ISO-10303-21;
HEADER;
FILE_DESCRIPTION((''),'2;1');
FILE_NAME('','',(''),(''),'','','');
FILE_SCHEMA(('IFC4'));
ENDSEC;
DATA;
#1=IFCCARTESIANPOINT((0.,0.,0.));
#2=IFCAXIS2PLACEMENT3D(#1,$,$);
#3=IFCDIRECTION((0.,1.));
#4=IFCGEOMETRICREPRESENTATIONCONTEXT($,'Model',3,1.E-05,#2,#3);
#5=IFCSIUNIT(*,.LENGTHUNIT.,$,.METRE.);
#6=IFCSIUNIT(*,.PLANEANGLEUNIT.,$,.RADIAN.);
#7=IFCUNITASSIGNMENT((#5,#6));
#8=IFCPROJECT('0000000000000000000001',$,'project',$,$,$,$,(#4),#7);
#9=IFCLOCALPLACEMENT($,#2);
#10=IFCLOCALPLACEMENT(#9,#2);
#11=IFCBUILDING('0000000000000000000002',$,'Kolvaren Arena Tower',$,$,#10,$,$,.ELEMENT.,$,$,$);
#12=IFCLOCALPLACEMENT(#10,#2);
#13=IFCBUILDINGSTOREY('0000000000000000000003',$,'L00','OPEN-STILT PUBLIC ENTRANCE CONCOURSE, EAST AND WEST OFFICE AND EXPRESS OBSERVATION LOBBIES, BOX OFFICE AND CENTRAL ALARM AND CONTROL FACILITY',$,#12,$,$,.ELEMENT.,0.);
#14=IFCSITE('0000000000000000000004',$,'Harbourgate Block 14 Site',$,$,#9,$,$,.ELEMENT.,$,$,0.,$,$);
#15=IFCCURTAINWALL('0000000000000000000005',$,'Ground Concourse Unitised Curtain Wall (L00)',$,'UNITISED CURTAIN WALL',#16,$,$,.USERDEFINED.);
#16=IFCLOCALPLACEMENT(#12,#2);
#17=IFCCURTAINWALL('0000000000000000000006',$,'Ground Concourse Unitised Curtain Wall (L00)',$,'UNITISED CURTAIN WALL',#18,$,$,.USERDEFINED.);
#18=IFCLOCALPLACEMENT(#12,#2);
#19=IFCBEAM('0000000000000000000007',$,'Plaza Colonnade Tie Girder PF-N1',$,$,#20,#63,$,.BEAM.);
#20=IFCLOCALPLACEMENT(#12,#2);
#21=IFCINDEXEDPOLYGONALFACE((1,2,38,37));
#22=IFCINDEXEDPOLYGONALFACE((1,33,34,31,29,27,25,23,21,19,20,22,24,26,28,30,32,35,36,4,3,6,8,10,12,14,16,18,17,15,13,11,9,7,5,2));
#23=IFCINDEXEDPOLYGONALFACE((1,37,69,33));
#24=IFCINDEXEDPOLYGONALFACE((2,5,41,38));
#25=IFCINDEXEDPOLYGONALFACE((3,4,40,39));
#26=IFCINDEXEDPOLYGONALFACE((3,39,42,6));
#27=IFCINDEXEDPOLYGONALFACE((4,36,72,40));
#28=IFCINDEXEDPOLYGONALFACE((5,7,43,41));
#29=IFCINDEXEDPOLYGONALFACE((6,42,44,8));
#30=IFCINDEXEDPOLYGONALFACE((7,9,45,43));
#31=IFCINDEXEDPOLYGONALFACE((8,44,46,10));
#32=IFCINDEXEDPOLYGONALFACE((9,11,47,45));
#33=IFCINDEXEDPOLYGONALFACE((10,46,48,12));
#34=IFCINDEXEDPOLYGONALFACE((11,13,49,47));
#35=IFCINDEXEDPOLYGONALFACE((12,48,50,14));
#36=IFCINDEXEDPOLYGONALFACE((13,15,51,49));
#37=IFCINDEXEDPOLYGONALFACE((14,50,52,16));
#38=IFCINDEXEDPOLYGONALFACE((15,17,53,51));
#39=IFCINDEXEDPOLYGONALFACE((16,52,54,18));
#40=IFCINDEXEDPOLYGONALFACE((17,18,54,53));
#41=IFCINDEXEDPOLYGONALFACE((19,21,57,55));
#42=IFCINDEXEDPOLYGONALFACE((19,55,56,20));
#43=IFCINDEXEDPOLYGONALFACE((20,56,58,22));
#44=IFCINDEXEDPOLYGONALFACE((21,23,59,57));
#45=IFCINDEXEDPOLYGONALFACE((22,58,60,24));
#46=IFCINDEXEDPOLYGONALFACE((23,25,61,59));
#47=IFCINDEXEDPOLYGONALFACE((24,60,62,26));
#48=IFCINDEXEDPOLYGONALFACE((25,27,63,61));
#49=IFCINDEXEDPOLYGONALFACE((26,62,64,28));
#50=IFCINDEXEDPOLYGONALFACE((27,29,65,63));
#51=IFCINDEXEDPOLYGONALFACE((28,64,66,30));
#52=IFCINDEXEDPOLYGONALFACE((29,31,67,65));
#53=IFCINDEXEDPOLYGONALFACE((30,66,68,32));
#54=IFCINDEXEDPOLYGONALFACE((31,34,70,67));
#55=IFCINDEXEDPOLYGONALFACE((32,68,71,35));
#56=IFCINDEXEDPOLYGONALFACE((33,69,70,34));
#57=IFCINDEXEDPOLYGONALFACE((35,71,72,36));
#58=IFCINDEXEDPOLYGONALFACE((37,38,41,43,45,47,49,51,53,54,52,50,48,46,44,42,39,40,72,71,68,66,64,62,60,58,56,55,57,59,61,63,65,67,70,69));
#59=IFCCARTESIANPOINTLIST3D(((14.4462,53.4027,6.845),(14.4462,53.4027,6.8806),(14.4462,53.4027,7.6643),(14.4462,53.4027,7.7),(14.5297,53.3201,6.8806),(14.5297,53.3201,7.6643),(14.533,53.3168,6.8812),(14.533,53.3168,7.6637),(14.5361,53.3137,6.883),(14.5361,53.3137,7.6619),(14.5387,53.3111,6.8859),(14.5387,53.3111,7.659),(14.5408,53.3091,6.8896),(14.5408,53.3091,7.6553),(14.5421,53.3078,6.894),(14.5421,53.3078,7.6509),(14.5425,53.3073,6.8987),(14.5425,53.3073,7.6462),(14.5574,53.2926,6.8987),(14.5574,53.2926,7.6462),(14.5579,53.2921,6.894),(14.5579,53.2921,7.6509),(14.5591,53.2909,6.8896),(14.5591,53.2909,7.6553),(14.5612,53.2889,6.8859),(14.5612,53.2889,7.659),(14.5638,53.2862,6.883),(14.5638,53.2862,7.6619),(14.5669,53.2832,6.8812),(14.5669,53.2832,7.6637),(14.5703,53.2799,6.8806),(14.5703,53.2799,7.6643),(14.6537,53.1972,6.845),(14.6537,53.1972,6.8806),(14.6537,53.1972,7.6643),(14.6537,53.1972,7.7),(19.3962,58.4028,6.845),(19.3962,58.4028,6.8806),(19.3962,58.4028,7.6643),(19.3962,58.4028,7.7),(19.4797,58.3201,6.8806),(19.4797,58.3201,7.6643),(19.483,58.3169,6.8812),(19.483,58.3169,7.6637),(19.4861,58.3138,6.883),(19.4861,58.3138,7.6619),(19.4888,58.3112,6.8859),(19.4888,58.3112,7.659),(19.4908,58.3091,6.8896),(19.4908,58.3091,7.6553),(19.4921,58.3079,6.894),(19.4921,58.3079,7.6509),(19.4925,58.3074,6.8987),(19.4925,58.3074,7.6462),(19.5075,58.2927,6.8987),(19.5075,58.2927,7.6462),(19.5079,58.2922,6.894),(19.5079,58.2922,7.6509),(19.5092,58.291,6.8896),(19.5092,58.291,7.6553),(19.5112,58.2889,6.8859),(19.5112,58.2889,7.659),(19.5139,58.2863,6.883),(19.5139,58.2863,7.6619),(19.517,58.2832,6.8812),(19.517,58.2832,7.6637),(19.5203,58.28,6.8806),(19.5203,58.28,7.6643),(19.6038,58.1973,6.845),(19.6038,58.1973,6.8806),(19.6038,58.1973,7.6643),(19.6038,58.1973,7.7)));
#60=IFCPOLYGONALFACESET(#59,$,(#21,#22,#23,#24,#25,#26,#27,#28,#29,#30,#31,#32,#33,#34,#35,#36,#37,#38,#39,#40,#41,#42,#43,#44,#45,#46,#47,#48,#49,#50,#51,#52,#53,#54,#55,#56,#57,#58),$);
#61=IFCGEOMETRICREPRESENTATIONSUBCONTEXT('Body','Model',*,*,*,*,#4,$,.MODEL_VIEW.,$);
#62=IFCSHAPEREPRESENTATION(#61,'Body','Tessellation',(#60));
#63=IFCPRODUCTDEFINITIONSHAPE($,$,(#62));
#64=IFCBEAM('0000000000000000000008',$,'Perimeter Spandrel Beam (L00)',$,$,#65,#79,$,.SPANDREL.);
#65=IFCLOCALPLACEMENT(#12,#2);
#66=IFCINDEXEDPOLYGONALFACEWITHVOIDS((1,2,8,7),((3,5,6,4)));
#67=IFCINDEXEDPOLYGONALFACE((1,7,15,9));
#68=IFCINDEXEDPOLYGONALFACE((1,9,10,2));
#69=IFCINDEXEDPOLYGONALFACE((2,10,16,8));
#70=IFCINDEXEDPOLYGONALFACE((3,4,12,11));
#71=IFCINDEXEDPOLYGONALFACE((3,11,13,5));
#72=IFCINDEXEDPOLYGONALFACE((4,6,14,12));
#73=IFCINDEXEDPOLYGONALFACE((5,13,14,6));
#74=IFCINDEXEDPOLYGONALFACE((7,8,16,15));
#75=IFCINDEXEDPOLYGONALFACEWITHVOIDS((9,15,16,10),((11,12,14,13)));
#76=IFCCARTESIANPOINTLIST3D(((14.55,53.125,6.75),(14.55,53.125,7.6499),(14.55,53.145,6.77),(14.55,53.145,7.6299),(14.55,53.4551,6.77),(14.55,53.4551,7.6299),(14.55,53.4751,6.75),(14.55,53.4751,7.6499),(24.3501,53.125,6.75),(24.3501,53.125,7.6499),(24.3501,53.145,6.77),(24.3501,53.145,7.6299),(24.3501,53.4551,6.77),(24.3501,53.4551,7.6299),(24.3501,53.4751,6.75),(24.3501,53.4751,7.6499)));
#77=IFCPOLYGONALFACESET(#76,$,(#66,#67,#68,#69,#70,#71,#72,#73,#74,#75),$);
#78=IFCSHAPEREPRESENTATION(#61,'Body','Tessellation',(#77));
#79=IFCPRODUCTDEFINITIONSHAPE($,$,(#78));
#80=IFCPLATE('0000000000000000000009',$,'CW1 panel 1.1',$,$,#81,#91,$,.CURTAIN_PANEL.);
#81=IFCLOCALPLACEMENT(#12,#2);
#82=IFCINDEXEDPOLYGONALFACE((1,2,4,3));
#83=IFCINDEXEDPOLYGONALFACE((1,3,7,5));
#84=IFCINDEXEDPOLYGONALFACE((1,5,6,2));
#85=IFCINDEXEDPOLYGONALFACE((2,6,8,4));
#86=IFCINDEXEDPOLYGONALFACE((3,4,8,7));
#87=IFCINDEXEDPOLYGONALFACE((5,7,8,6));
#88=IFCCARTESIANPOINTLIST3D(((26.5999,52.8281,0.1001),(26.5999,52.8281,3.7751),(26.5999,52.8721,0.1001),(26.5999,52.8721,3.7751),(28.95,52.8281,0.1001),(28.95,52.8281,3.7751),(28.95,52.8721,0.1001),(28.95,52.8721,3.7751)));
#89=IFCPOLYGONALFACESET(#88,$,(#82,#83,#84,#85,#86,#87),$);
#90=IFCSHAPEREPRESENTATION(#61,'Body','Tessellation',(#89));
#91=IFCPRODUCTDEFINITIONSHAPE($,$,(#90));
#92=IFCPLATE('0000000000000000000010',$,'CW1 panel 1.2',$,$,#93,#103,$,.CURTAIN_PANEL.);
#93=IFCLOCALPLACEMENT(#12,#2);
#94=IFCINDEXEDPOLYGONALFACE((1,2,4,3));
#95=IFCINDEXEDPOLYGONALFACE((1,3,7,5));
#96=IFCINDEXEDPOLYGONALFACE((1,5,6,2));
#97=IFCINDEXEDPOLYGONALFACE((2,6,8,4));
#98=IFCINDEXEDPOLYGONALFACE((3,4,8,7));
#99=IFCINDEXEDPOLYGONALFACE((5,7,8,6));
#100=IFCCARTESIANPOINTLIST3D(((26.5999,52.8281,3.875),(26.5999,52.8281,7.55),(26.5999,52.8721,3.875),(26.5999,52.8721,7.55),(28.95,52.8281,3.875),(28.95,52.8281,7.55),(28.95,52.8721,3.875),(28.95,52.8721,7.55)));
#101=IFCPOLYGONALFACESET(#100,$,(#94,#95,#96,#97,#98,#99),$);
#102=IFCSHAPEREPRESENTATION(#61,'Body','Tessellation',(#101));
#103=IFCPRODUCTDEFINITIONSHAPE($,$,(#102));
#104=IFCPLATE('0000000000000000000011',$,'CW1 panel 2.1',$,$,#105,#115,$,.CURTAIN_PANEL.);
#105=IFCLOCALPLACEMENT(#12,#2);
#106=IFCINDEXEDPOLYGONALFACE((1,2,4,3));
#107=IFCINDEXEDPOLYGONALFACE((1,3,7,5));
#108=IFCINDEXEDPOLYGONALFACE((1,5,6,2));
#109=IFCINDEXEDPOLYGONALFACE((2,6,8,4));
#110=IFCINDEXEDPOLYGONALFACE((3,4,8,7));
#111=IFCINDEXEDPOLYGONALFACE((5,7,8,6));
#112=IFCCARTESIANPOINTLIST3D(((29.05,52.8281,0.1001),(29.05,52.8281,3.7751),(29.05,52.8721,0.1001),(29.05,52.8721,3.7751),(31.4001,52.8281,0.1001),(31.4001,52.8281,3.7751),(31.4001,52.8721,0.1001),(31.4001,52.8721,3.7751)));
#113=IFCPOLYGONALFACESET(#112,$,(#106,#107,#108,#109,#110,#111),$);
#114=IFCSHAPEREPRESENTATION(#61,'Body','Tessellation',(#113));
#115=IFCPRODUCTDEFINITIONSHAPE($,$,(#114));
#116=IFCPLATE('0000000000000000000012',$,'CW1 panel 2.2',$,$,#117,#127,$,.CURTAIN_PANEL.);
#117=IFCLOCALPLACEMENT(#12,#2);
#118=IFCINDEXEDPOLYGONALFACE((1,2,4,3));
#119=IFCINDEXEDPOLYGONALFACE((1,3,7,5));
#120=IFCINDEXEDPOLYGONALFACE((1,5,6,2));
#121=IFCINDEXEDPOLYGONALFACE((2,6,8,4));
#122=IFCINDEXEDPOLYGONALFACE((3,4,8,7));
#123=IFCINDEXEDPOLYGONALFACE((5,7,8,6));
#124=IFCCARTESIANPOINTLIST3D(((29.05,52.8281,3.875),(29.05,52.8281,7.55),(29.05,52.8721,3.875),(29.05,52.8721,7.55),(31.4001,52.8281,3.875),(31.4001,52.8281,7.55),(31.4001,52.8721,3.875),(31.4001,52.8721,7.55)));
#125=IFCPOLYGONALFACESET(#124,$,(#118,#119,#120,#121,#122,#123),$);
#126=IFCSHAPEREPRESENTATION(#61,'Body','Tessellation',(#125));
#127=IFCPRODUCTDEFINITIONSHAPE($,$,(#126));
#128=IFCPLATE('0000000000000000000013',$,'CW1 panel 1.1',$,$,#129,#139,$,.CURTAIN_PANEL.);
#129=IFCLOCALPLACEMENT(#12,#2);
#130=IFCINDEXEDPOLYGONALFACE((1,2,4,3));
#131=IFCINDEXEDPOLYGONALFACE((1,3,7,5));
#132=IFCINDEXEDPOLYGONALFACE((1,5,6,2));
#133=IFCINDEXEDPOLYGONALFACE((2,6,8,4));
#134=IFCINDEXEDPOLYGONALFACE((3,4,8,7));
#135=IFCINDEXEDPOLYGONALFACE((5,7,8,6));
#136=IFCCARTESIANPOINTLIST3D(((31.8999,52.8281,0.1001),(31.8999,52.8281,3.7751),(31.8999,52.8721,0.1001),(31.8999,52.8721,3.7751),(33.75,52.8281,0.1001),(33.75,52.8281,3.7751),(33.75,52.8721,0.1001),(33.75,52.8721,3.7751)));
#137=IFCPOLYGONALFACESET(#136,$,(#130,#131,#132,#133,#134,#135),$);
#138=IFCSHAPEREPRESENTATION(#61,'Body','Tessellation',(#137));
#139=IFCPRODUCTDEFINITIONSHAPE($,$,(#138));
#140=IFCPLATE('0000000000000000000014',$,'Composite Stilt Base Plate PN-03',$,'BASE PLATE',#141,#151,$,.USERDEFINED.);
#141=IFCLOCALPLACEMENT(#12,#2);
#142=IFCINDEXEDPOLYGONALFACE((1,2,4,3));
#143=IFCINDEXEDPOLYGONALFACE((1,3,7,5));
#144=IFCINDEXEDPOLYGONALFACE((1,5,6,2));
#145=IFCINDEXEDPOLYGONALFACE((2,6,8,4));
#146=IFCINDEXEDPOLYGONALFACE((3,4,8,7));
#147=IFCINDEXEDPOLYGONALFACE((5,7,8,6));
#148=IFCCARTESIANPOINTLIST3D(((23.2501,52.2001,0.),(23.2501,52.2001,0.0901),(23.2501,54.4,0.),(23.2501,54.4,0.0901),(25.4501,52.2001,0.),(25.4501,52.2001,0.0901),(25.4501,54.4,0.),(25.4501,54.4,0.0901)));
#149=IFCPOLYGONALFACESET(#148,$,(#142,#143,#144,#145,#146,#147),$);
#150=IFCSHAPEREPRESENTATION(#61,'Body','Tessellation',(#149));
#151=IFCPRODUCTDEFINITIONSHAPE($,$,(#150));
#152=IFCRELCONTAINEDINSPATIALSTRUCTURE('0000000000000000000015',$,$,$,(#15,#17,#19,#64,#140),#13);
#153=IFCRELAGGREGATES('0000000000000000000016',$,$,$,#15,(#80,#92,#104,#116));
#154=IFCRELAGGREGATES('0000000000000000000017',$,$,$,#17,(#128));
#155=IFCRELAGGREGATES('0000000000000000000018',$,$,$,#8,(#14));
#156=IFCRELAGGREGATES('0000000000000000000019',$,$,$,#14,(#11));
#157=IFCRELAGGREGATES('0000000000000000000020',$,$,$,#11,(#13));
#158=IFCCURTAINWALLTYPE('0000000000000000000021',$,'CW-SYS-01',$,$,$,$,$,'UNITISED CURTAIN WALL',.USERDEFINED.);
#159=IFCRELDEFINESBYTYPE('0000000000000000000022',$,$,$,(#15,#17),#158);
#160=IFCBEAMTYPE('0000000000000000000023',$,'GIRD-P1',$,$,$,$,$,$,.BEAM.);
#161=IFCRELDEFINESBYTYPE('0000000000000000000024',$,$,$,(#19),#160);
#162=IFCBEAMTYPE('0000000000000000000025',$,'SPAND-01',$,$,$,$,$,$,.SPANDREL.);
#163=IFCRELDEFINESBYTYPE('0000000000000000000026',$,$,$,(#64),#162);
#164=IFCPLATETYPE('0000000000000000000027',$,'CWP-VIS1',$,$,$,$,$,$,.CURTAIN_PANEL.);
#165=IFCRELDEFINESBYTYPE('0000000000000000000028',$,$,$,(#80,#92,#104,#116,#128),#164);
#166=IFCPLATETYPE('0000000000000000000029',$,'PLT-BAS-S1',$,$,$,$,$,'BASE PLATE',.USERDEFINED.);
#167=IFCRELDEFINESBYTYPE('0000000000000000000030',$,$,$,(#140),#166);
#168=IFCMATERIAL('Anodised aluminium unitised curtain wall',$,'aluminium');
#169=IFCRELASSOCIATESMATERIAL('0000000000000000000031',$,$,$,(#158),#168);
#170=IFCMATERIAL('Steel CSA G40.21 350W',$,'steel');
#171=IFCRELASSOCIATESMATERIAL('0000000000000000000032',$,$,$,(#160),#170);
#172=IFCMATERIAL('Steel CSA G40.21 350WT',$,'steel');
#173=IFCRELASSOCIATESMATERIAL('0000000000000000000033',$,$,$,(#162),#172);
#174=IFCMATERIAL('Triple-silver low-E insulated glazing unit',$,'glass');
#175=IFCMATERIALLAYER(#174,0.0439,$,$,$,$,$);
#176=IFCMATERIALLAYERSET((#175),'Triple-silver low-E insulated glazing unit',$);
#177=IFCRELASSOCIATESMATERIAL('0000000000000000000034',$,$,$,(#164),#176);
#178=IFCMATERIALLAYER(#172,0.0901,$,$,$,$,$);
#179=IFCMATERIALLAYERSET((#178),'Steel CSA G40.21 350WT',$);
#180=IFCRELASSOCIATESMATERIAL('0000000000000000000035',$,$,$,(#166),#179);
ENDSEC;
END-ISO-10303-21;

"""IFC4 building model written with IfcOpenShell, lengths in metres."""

from ifc_helpers import new_model, si_unit, direction, frame, origin, origin_2d, place, context, subcontext, project, spatial, rectangle, hollow_rectangle, i_section, extrude, material, layer, layer_set, material_profile, profile_set, type_object, element, aggregate, save


model = new_model("IFC4")

# Units and contexts
model_context = context("Model", 3, precision=1e-05, world=origin(), true_north=direction((0.0, 1.0)))
body_context = subcontext(model_context, "Body", "Model", "MODEL_VIEW")
ifc_project = project(units=[si_unit("LENGTHUNIT", "METRE"), si_unit("PLANEANGLEUNIT", "RADIAN")], contexts=[model_context])

# Site, building, storey
site_placement = place(None, origin())
site = spatial("IfcSite", under=ifc_project, at=site_placement, Name="Harbourgate Block 14 Site", CompositionType="ELEMENT", RefElevation=0.0)
building_placement = place(site_placement, origin())
building = spatial("IfcBuilding", under=site, at=building_placement, Name="Kolvaren Arena Tower", CompositionType="ELEMENT")
storey_placement = place(building_placement, origin())
storey = spatial("IfcBuildingStorey", under=building, at=storey_placement, Name="L00", Description="OPEN-STILT PUBLIC ENTRANCE CONCOURSE, EAST AND WEST OFFICE AND EXPRESS OBSERVATION LOBBIES, BOX OFFICE AND CENTRAL ALARM AND CONTROL FACILITY", CompositionType="ELEMENT", Elevation=0.0)

# Curtain wall
ifc_material_1 = material(Name="Anodised aluminium unitised curtain wall", Category="aluminium")
curtain_wall_type = type_object("IfcCurtainWallType", Name="CW-SYS-01", ElementType="UNITISED CURTAIN WALL", PredefinedType="USERDEFINED", material=ifc_material_1)
curtain_wall_1_placement = place(storey_placement, origin())
curtain_wall_1 = element("IfcCurtainWall", 1, at=curtain_wall_1_placement, inside=storey, type_object=curtain_wall_type, Name="Ground Concourse Unitised Curtain Wall (L00)", ObjectType="UNITISED CURTAIN WALL", PredefinedType="USERDEFINED")

# Curtain wall
curtain_wall_2_placement = place(storey_placement, origin())
curtain_wall_2 = element("IfcCurtainWall", 2, at=curtain_wall_2_placement, inside=storey, type_object=curtain_wall_type, Name="Ground Concourse Unitised Curtain Wall (L00)", ObjectType="UNITISED CURTAIN WALL", PredefinedType="USERDEFINED")

# Beams
ifc_material_2 = material(Name="Steel CSA G40.21 350W", Category="steel")
ifc_material_profile_1 = material_profile(ifc_material_2, i_section(OverallWidth=0.292, OverallDepth=0.855, WebThickness=0.021, FlangeThickness=0.0356, FilletRadius=0.0181, at=origin_2d()), Name="W840x299")
ifc_profile_set_1 = profile_set([ifc_material_profile_1], Name="Steel CSA G40.21 350W")
beam_type_1 = type_object("IfcBeamType", Name="GIRD-P1", PredefinedType="BEAM", material=ifc_profile_set_1)
beam_1_placement = place(storey_placement, frame((19.5, 58.3, 7.2725), z_axis=(-0.703541, -0.710655, 0.0), x_axis=(0.710655, -0.703541, 0.0)))
element("IfcBeam", 3, at=beam_1_placement, inside=storey, type_object=beam_type_1, Name="Plaza Colonnade Tie Girder PF-N1", PredefinedType="BEAM", context=body_context, shape_type="SweptSolid", body=[
    extrude(i_section(OverallWidth=0.292, OverallDepth=0.855, WebThickness=0.021, FlangeThickness=0.0356, FilletRadius=0.0181, at=origin_2d()), origin(), (0.0, 0.0, 1.0), 7.0359),
])
ifc_material_3 = material(Name="Steel CSA G40.21 350WT", Category="steel")
ifc_material_profile_2 = material_profile(ifc_material_3, hollow_rectangle(XDim=0.3501, YDim=0.8999, WallThickness=0.02, at=origin_2d()), Name="HSS 900x350x20")
ifc_profile_set_2 = profile_set([ifc_material_profile_2], Name="Steel CSA G40.21 350WT")
beam_type_2 = type_object("IfcBeamType", Name="SPAND-01", PredefinedType="SPANDREL", material=ifc_profile_set_2)
beam_2_placement = place(storey_placement, frame((24.3501, 53.3, 7.2), z_axis=(-1.0, 0.0, 0.0), x_axis=(0.0, -1.0, 0.0)))
element("IfcBeam", 4, at=beam_2_placement, inside=storey, type_object=beam_type_2, Name="Perimeter Spandrel Beam (L00)", PredefinedType="SPANDREL", context=body_context, shape_type="SweptSolid", body=[
    extrude(hollow_rectangle(XDim=0.3501, YDim=0.8999, WallThickness=0.02, at=origin_2d()), origin(), (0.0, 0.0, 1.0), 9.8),
])

# Plates
ifc_material_4 = material(Name="Triple-silver low-E insulated glazing unit", Category="glass")
ifc_layer_1 = layer(ifc_material_4, 0.0439)
ifc_layer_set_1 = layer_set([ifc_layer_1], Name="Triple-silver low-E insulated glazing unit")
plate_type_1 = type_object("IfcPlateType", Name="CWP-VIS1", PredefinedType="CURTAIN_PANEL", material=ifc_layer_set_1)
plate_1_placement = place(storey_placement, frame((27.7749, 52.8501, 0.1001), z_axis=(0.0, 0.0, 1.0), x_axis=(1.0, 0.0, 0.0)))
plate_1 = element("IfcPlate", 5, at=plate_1_placement, type_object=plate_type_1, Name="CW1 panel 1.1", PredefinedType="CURTAIN_PANEL", context=body_context, shape_type="SweptSolid", body=[
    extrude(rectangle(XDim=2.3501, YDim=0.0439, at=origin_2d()), origin(), (0.0, 0.0, 1.0), 3.675),
])
plate_2_placement = place(storey_placement, frame((27.7749, 52.8501, 3.875), z_axis=(0.0, 0.0, 1.0), x_axis=(1.0, 0.0, 0.0)))
plate_2 = element("IfcPlate", 6, at=plate_2_placement, type_object=plate_type_1, Name="CW1 panel 1.2", PredefinedType="CURTAIN_PANEL", context=body_context, shape_type="SweptSolid", body=[
    extrude(rectangle(XDim=2.3501, YDim=0.0439, at=origin_2d()), origin(), (0.0, 0.0, 1.0), 3.675),
])
plate_3_placement = place(storey_placement, frame((30.2251, 52.8501, 0.1001), z_axis=(0.0, 0.0, 1.0), x_axis=(1.0, 0.0, 0.0)))
plate_3 = element("IfcPlate", 7, at=plate_3_placement, type_object=plate_type_1, Name="CW1 panel 2.1", PredefinedType="CURTAIN_PANEL", context=body_context, shape_type="SweptSolid", body=[
    extrude(rectangle(XDim=2.3501, YDim=0.0439, at=origin_2d()), origin(), (0.0, 0.0, 1.0), 3.675),
])
plate_4_placement = place(storey_placement, frame((30.2251, 52.8501, 3.875), z_axis=(0.0, 0.0, 1.0), x_axis=(1.0, 0.0, 0.0)))
plate_4 = element("IfcPlate", 8, at=plate_4_placement, type_object=plate_type_1, Name="CW1 panel 2.2", PredefinedType="CURTAIN_PANEL", context=body_context, shape_type="SweptSolid", body=[
    extrude(rectangle(XDim=2.3501, YDim=0.0439, at=origin_2d()), origin(), (0.0, 0.0, 1.0), 3.675),
])
aggregate(curtain_wall_1, [plate_1, plate_2, plate_3, plate_4])
plate_5_placement = place(storey_placement, frame((32.825, 52.8501, 0.1001), z_axis=(0.0, 0.0, 1.0), x_axis=(1.0, 0.0, 0.0)))
plate_5 = element("IfcPlate", 9, at=plate_5_placement, type_object=plate_type_1, Name="CW1 panel 1.1", PredefinedType="CURTAIN_PANEL", context=body_context, shape_type="SweptSolid", body=[
    extrude(rectangle(XDim=1.8501, YDim=0.0439, at=origin_2d()), origin(), (0.0, 0.0, 1.0), 3.675),
])
aggregate(curtain_wall_2, [plate_5])
ifc_layer_2 = layer(ifc_material_3, 0.0901)
ifc_layer_set_2 = layer_set([ifc_layer_2], Name="Steel CSA G40.21 350WT")
plate_type_2 = type_object("IfcPlateType", Name="PLT-BAS-S1", ElementType="BASE PLATE", PredefinedType="USERDEFINED", material=ifc_layer_set_2)
plate_6_placement = place(storey_placement, frame((24.3501, 53.3, 0.0), z_axis=(0.0, 0.0, 1.0), x_axis=(1.0, 0.0, 0.0)))
element("IfcPlate", 10, at=plate_6_placement, inside=storey, type_object=plate_type_2, Name="Composite Stilt Base Plate PN-03", ObjectType="BASE PLATE", PredefinedType="USERDEFINED", context=body_context, shape_type="SweptSolid", body=[
    extrude(rectangle(XDim=2.2, YDim=2.2, at=origin_2d()), origin(), (0.0, 0.0, 1.0), 0.0901),
])

save(model, "model.ifc")
